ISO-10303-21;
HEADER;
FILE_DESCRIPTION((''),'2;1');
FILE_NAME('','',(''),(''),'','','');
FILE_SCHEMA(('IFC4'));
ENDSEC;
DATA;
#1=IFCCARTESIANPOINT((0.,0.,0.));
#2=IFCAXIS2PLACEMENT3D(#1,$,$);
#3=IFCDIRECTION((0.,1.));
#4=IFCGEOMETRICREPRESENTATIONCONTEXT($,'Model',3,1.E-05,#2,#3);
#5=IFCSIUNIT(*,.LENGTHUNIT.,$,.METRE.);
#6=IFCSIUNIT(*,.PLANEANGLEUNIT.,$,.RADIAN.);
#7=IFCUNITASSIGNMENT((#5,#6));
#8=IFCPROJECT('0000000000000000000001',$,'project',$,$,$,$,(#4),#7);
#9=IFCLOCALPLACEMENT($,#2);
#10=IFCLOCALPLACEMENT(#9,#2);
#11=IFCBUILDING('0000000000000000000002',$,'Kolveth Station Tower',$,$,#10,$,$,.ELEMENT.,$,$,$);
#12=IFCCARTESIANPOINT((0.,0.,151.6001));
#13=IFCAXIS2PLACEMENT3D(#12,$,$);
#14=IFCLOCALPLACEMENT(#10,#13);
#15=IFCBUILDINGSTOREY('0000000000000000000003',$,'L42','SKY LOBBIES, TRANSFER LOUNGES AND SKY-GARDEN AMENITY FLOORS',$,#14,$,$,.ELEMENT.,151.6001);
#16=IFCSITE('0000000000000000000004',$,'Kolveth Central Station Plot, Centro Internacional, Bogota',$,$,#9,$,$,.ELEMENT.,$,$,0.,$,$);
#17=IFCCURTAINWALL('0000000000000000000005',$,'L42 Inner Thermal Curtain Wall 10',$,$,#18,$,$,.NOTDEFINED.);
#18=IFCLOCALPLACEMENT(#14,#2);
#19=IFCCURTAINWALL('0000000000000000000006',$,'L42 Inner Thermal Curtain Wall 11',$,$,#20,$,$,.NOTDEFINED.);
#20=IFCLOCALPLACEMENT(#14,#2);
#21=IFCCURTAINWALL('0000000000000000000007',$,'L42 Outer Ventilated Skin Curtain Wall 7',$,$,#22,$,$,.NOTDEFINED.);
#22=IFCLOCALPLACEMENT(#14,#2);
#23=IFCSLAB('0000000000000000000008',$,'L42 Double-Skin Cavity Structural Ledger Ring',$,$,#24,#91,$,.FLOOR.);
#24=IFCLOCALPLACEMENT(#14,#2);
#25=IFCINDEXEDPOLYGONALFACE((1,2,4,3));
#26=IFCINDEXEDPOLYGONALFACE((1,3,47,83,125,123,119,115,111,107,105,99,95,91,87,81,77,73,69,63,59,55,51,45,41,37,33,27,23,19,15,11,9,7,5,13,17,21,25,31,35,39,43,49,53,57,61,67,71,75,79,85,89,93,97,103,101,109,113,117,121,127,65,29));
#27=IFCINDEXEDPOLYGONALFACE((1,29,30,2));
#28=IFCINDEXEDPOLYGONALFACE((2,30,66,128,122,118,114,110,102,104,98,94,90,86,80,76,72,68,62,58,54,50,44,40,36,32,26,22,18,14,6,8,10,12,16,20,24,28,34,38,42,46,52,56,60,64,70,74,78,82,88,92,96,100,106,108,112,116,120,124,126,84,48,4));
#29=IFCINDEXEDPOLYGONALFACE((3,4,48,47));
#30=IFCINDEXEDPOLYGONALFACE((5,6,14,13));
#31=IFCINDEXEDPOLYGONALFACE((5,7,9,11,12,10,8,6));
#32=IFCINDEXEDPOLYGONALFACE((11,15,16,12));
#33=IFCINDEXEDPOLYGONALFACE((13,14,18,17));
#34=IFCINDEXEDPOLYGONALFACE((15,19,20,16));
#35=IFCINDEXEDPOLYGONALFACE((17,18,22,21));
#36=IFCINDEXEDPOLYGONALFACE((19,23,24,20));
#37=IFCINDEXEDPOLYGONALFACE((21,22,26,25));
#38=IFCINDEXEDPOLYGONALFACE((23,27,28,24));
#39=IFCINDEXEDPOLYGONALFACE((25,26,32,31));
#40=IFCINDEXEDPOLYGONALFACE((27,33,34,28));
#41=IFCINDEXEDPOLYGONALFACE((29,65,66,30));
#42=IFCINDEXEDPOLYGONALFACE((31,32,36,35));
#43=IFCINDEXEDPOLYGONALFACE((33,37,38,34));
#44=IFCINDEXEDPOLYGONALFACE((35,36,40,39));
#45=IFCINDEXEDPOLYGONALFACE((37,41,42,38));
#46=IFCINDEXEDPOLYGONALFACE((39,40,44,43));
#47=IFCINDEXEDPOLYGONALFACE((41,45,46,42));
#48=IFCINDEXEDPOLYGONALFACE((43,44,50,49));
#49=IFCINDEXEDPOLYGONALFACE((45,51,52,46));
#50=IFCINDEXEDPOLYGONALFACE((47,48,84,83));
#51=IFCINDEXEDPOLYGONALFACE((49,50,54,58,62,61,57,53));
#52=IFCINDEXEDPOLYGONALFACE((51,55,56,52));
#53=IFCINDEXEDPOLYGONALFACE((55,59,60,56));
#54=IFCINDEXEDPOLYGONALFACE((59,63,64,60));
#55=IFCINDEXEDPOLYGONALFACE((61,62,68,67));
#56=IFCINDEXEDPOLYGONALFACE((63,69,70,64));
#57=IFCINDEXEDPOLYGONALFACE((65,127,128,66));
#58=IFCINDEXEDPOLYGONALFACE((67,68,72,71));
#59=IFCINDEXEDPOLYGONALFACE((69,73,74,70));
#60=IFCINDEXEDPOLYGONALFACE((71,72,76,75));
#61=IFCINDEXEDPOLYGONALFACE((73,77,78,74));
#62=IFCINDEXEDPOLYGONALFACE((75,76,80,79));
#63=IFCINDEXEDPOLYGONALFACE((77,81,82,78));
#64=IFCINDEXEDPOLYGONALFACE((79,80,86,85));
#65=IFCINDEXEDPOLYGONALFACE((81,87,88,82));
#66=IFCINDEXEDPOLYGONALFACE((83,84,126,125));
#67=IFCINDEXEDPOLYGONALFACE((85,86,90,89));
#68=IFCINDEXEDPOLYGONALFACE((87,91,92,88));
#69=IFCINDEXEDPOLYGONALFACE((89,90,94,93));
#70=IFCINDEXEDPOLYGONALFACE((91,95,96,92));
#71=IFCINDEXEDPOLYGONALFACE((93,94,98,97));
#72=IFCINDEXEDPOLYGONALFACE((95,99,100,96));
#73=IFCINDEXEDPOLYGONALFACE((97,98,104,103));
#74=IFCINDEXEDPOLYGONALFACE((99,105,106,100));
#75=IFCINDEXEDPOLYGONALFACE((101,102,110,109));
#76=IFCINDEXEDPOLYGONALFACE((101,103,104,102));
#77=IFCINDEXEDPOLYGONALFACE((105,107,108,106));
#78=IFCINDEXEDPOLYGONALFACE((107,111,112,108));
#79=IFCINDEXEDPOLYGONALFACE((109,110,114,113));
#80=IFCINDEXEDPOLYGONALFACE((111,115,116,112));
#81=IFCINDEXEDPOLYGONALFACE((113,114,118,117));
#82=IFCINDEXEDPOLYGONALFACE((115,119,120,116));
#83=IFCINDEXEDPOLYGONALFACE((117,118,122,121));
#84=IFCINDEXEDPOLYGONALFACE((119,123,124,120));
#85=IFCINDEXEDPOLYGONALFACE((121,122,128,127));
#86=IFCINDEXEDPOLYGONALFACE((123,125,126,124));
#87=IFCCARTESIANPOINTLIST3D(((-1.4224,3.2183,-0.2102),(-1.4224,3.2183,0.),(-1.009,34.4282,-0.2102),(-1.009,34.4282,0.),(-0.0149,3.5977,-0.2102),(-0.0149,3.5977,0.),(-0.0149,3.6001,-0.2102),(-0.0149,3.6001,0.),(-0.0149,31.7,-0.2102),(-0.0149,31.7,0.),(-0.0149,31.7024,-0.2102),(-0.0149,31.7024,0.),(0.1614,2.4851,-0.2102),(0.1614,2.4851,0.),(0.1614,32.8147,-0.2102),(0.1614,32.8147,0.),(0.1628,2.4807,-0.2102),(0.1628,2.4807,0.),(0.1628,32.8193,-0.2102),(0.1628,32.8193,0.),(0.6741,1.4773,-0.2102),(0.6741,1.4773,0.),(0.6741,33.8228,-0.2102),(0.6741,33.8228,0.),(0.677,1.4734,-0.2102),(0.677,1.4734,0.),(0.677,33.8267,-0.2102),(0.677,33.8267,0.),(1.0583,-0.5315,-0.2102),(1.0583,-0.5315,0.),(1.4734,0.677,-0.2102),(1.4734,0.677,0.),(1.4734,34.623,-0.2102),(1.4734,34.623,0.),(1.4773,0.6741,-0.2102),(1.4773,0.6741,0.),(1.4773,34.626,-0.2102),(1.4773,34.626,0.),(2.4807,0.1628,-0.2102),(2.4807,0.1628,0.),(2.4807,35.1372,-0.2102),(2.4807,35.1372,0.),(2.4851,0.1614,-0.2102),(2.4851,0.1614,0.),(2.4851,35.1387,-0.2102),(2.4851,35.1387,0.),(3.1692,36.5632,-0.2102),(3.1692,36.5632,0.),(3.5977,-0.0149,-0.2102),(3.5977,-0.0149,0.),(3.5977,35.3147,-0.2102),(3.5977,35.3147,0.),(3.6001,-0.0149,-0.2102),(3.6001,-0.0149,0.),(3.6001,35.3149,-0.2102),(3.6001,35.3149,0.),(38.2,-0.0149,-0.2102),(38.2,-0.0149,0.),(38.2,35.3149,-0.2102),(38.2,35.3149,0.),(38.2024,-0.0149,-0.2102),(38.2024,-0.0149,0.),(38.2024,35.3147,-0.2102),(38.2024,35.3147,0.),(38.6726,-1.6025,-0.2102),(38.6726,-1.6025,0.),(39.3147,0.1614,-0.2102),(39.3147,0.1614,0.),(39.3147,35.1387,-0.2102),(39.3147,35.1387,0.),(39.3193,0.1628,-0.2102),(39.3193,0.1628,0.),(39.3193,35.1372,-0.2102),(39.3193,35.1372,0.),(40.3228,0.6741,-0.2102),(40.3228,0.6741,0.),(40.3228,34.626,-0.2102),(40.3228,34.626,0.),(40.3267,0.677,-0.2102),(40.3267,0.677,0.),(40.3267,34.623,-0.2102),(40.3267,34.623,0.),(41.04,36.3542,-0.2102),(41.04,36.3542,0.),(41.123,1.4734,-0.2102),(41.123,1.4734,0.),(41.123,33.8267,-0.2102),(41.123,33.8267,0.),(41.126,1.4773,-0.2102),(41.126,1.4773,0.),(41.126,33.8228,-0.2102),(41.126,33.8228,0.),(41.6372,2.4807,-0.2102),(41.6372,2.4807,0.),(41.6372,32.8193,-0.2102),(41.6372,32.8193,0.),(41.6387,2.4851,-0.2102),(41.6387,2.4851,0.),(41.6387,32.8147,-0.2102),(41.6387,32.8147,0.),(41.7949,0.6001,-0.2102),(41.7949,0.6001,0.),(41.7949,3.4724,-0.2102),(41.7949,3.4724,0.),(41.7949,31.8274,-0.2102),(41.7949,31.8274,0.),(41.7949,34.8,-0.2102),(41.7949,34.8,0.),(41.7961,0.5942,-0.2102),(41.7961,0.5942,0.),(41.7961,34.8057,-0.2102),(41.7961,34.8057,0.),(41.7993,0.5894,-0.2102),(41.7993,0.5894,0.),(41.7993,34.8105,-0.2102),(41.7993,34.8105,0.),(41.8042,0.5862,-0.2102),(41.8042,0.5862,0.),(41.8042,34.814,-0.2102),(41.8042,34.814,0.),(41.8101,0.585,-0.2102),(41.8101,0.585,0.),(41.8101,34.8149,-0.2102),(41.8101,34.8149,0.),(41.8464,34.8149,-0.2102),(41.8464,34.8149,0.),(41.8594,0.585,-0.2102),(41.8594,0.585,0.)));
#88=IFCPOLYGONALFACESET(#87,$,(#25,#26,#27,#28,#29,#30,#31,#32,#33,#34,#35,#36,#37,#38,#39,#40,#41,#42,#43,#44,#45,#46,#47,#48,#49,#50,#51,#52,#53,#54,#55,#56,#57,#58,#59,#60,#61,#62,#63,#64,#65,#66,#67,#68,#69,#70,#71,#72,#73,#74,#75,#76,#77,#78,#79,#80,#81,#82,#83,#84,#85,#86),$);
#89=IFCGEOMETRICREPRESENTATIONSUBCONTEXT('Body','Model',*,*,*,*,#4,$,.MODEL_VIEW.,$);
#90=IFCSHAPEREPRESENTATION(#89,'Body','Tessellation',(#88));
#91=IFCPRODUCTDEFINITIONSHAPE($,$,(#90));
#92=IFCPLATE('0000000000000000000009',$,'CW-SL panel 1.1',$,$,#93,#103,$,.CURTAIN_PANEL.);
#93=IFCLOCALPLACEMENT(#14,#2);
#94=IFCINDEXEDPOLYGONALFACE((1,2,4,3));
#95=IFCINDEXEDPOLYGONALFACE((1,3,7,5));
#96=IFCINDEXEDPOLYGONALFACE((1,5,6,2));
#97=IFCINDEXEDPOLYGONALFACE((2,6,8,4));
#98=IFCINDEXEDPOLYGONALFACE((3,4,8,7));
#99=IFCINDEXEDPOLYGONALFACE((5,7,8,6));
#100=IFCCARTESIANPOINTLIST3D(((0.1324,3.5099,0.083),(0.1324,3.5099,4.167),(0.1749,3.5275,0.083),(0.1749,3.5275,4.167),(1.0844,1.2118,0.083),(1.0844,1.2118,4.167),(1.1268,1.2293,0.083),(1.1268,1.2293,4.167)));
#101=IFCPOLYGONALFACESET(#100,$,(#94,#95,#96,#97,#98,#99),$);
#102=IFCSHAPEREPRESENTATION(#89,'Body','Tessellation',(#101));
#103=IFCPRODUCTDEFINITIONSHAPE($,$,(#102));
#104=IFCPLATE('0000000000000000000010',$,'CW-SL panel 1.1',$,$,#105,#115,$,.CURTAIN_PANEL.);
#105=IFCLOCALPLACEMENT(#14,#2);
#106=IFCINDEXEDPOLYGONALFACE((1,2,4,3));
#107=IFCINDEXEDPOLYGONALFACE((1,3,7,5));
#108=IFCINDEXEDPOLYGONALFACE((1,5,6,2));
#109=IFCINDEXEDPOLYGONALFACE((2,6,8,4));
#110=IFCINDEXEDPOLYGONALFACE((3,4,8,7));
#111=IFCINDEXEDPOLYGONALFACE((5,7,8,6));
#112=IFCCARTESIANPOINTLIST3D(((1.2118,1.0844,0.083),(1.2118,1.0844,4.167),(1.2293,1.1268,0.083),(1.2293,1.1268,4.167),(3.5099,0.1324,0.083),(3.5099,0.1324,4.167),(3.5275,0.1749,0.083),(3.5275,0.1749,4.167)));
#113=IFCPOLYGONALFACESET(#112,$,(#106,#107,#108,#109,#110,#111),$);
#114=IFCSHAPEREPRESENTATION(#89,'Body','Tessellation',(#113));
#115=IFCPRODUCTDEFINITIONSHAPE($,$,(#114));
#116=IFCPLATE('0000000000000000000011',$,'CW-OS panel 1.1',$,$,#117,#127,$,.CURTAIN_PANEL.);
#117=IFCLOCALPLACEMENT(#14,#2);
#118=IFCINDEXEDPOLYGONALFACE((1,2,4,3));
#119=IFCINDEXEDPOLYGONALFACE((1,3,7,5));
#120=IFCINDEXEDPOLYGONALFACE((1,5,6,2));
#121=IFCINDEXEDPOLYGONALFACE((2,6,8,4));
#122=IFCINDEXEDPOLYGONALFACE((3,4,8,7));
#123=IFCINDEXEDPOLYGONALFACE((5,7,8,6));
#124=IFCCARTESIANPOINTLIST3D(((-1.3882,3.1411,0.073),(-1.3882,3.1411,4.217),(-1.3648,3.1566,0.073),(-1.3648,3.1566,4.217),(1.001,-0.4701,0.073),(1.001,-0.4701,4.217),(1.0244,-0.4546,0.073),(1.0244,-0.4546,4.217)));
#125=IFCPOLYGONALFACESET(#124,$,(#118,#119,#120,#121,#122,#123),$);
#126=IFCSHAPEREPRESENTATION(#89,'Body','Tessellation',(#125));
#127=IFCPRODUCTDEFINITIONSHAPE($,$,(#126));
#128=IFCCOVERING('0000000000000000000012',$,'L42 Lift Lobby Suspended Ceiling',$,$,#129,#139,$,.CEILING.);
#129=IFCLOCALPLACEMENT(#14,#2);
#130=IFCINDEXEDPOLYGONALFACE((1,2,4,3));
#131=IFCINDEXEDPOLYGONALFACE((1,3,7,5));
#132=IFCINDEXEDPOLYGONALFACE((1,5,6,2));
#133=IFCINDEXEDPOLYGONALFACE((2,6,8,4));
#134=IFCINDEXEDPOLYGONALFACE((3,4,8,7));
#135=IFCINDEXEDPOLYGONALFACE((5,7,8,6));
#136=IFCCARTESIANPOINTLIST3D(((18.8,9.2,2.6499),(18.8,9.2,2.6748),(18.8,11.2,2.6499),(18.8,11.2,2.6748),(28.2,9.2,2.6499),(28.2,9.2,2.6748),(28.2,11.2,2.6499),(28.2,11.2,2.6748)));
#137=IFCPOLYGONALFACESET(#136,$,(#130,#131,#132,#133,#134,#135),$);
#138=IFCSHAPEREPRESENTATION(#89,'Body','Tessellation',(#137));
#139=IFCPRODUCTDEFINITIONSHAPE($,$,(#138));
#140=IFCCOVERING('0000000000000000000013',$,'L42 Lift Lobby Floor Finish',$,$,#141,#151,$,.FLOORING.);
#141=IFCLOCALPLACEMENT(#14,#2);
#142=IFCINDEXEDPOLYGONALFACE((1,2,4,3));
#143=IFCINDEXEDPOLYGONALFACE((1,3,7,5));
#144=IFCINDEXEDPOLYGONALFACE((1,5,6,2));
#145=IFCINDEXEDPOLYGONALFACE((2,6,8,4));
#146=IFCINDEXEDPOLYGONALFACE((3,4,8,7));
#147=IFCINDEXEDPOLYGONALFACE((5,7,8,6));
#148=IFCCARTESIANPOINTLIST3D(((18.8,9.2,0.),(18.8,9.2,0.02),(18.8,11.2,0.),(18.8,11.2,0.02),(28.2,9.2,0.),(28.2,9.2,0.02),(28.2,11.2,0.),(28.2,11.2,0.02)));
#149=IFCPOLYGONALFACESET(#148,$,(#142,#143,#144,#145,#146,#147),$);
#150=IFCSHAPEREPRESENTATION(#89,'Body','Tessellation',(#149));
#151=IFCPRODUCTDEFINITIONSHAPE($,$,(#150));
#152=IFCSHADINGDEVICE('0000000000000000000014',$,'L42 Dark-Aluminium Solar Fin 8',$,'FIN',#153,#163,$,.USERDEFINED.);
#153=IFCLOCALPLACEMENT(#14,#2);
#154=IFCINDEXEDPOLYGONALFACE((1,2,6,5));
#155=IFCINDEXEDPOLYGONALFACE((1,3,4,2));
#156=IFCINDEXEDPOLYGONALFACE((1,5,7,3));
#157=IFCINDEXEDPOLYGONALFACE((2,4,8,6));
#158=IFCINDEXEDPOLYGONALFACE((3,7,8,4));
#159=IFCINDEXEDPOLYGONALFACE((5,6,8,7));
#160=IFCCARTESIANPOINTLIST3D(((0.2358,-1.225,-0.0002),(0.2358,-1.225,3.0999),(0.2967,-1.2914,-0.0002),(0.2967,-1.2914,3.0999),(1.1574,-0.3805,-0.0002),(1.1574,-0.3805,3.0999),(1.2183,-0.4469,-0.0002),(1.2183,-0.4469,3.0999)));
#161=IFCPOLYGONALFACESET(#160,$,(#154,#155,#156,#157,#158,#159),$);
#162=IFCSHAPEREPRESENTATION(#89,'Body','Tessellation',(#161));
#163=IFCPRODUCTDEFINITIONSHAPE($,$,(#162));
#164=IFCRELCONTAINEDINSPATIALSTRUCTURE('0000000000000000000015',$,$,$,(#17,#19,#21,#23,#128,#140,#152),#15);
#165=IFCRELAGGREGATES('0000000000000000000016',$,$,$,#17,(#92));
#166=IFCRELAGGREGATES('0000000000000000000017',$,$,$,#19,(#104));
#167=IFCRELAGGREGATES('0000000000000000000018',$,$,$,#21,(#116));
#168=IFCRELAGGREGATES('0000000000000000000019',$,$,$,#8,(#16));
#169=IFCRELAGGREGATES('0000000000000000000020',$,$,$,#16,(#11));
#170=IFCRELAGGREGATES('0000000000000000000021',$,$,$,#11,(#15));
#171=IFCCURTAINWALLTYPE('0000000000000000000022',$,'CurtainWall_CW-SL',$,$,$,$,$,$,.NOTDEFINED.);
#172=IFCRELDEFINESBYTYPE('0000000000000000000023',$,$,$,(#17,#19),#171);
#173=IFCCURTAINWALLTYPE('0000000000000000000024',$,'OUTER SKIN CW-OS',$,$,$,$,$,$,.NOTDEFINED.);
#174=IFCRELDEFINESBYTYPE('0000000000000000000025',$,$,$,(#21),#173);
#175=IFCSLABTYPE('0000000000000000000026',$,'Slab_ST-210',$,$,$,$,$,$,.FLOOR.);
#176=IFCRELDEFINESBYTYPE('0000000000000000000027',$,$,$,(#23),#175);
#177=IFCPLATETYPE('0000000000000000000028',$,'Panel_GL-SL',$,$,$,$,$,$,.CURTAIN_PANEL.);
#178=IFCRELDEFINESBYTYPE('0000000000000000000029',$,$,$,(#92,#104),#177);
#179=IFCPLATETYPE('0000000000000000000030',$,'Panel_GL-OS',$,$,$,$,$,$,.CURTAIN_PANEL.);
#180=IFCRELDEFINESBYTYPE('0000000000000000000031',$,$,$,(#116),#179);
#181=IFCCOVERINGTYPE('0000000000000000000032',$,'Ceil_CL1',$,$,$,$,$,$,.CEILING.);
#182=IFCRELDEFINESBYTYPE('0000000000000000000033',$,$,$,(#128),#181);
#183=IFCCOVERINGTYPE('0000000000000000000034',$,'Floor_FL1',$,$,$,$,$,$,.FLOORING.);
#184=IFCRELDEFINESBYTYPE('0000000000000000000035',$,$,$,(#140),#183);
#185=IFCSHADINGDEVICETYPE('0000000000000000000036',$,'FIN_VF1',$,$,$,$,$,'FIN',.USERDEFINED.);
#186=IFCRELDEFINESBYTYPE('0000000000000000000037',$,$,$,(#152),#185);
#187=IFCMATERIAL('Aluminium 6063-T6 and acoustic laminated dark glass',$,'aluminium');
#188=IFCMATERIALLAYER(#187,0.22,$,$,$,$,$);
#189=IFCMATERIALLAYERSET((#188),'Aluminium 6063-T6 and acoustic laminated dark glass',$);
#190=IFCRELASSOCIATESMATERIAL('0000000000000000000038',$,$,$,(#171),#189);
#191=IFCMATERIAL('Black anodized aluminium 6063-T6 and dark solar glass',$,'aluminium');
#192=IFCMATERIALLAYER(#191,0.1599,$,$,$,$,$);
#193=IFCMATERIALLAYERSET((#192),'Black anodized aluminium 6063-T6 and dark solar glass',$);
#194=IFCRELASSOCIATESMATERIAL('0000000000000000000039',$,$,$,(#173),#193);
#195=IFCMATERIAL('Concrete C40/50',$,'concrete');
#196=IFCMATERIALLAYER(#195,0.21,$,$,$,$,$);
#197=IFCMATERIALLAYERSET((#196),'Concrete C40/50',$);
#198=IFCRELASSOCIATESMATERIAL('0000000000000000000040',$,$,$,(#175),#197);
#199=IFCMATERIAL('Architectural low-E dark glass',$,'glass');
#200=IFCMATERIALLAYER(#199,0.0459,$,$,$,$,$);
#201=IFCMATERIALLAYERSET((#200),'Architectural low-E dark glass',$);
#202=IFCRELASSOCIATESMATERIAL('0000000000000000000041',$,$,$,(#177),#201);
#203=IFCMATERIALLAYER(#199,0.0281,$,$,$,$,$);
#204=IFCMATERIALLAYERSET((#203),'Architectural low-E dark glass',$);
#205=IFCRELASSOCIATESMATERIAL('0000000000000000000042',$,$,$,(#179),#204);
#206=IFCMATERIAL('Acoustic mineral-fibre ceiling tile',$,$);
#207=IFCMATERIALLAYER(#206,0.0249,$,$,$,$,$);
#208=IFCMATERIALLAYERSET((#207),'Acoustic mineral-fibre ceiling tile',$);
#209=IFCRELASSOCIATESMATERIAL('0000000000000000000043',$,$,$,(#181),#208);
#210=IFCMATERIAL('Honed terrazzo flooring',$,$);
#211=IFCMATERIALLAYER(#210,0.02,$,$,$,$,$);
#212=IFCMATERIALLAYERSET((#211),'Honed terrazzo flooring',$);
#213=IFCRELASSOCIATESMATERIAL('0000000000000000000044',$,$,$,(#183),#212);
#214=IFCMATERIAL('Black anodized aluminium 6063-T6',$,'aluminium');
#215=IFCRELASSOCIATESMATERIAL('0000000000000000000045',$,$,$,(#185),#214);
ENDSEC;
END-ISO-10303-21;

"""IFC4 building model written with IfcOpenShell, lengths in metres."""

from ifc_helpers import new_model, si_unit, direction, frame, origin, origin_2d, place, context, subcontext, project, spatial, polyline, rectangle, outline, extrude, source, transform, mapped, material, layer, layer_set, type_object, element, aggregate, save


model = new_model("IFC4")

# Units and contexts
model_context = context("Model", 3, precision=1e-05, world=origin(), true_north=direction((0.0, 1.0)))
body_context = subcontext(model_context, "Body", "Model", "MODEL_VIEW")
ifc_project = project(units=[si_unit("LENGTHUNIT", "METRE"), si_unit("PLANEANGLEUNIT", "RADIAN")], contexts=[model_context])

# Site, building, storey
site_placement = place(None, origin())
site = spatial("IfcSite", under=ifc_project, at=site_placement, Name="Kolveth Central Station Plot, Centro Internacional, Bogota", CompositionType="ELEMENT", RefElevation=0.0)
building_placement = place(site_placement, origin())
building = spatial("IfcBuilding", under=site, at=building_placement, Name="Kolveth Station Tower", CompositionType="ELEMENT")
storey_placement = place(building_placement, frame((0.0, 0.0, 151.6001)))
storey = spatial("IfcBuildingStorey", under=building, at=storey_placement, Name="L42", Description="SKY LOBBIES, TRANSFER LOUNGES AND SKY-GARDEN AMENITY FLOORS", CompositionType="ELEMENT", Elevation=151.6001)

# Curtain wall
ifc_material_1 = material(Name="Aluminium 6063-T6 and acoustic laminated dark glass", Category="aluminium")
ifc_layer_1 = layer(ifc_material_1, 0.22)
ifc_layer_set_1 = layer_set([ifc_layer_1], Name="Aluminium 6063-T6 and acoustic laminated dark glass")
curtain_wall_type_1 = type_object("IfcCurtainWallType", Name="CurtainWall_CW-SL", PredefinedType="NOTDEFINED", material=ifc_layer_set_1)
curtain_wall_1_placement = place(storey_placement, origin())
curtain_wall_1 = element("IfcCurtainWall", 1, at=curtain_wall_1_placement, inside=storey, type_object=curtain_wall_type_1, Name="L42 Inner Thermal Curtain Wall 10", PredefinedType="NOTDEFINED")
ifc_material_2 = material(Name="Black anodized aluminium 6063-T6", Category="aluminium")

# Curtain wall
curtain_wall_2_placement = place(storey_placement, origin())
curtain_wall_2 = element("IfcCurtainWall", 2, at=curtain_wall_2_placement, inside=storey, type_object=curtain_wall_type_1, Name="L42 Inner Thermal Curtain Wall 11", PredefinedType="NOTDEFINED")

# Curtain wall
ifc_material_3 = material(Name="Black anodized aluminium 6063-T6 and dark solar glass", Category="aluminium")
ifc_layer_2 = layer(ifc_material_3, 0.1599)
ifc_layer_set_2 = layer_set([ifc_layer_2], Name="Black anodized aluminium 6063-T6 and dark solar glass")
curtain_wall_type_2 = type_object("IfcCurtainWallType", Name="OUTER SKIN CW-OS", PredefinedType="NOTDEFINED", material=ifc_layer_set_2)
curtain_wall_3_placement = place(storey_placement, origin())
curtain_wall_3 = element("IfcCurtainWall", 3, at=curtain_wall_3_placement, inside=storey, type_object=curtain_wall_type_2, Name="L42 Outer Ventilated Skin Curtain Wall 7", PredefinedType="NOTDEFINED")

# Shared definitions
ifc_material_4 = material(Name="Concrete C40/50", Category="concrete")

# Slab
ifc_layer_3 = layer(ifc_material_4, 0.21)
ifc_layer_set_3 = layer_set([ifc_layer_3], Name="Concrete C40/50")
slab_type_1 = type_object("IfcSlabType", Name="Slab_ST-210", PredefinedType="FLOOR", material=ifc_layer_set_3)
slab_1_placement = place(storey_placement, frame((0.0, 0.0, -0.2102)))
element("IfcSlab", 4, at=slab_1_placement, inside=storey, type_object=slab_type_1, Name="L42 Double-Skin Cavity Structural Ledger Ring", PredefinedType="FLOOR", context=body_context, shape_type="SweptSolid", body=[
    extrude(outline(polyline([(38.6726, -1.6025), (1.0583, -0.5315), (-1.4224, 3.2183), (-1.009, 34.4282), (3.1692, 36.5632), (41.04, 36.3542), (41.8464, 34.8149), (41.8101, 34.8149), (41.8042, 34.814), (41.7993, 34.8105), (41.7961, 34.8057), (41.7949, 34.8), (41.7949, 31.8274), (41.6387, 32.8147), (41.6372, 32.8193), (41.126, 33.8228), (41.123, 33.8267), (40.3267, 34.623), (40.3228, 34.626), (39.3193, 35.1372), (39.3147, 35.1387), (38.2024, 35.3147), (38.2, 35.3149), (3.6001, 35.3149), (3.5977, 35.3147), (2.4851, 35.1387), (2.4807, 35.1372), (1.4773, 34.626), (1.4734, 34.623), (0.677, 33.8267), (0.6741, 33.8228), (0.1628, 32.8193), (0.1614, 32.8147), (-0.0149, 31.7024), (-0.0149, 31.7), (-0.0149, 3.6001), (-0.0149, 3.5977), (0.1614, 2.4851), (0.1628, 2.4807), (0.6741, 1.4773), (0.677, 1.4734), (1.4734, 0.677), (1.4773, 0.6741), (2.4807, 0.1628), (2.4851, 0.1614), (3.5977, -0.0149), (3.6001, -0.0149), (38.2, -0.0149), (38.2024, -0.0149), (39.3147, 0.1614), (39.3193, 0.1628), (40.3228, 0.6741), (40.3267, 0.677), (41.123, 1.4734), (41.126, 1.4773), (41.6372, 2.4807), (41.6387, 2.4851), (41.7949, 3.4724), (41.7949, 0.6001), (41.7961, 0.5942), (41.7993, 0.5894), (41.8042, 0.5862), (41.8101, 0.585), (41.8594, 0.585), (38.6726, -1.6025)])), origin(), (0.0, 0.0, 1.0), 0.2102),
])

# Plates
ifc_material_5 = material(Name="Architectural low-E dark glass", Category="glass")
ifc_layer_4 = layer(ifc_material_5, 0.0459)
ifc_layer_set_4 = layer_set([ifc_layer_4], Name="Architectural low-E dark glass")
plate_type_1 = type_object("IfcPlateType", Name="Panel_GL-SL", PredefinedType="CURTAIN_PANEL", material=ifc_layer_set_4)
shared_shape_1 = source(origin(), body_context, "Body", "SweptSolid", [
    extrude(rectangle(XDim=2.4875, YDim=0.0459, at=origin_2d()), origin(), (0.0, 0.0, 1.0), 4.084),
])
plate_1_placement = place(storey_placement, frame((0.6296, 2.3696, 0.083), z_axis=(0.0, 0.0, 1.0), x_axis=(0.382698, -0.923874, 0.0)))
plate_1 = element("IfcPlate", 5, at=plate_1_placement, type_object=plate_type_1, Name="CW-SL panel 1.1", PredefinedType="CURTAIN_PANEL", context=body_context, shape_type="MappedRepresentation", body=[
    mapped(shared_shape_1, transform((0.0, 0.0, 0.0), x_axis=(1.0, 0.0, 0.0), y_axis=(0.0, 1.0, 0.0), z_axis=(0.0, 0.0, 1.0), scale=1.0)),
])
aggregate(curtain_wall_1, [plate_1])
plate_2_placement = place(storey_placement, frame((2.3696, 0.6296, 0.083), z_axis=(0.0, 0.0, 1.0), x_axis=(0.923874, -0.382698, 0.0)))
plate_2 = element("IfcPlate", 6, at=plate_2_placement, type_object=plate_type_1, Name="CW-SL panel 1.1", PredefinedType="CURTAIN_PANEL", context=body_context, shape_type="MappedRepresentation", body=[
    mapped(shared_shape_1, transform((0.0, 0.0, 0.0), x_axis=(1.0, 0.0, 0.0), y_axis=(0.0, 1.0, 0.0), z_axis=(0.0, 0.0, 1.0), scale=1.0)),
])
aggregate(curtain_wall_2, [plate_2])
ifc_layer_5 = layer(ifc_material_5, 0.0281)
ifc_layer_set_5 = layer_set([ifc_layer_5], Name="Architectural low-E dark glass")
plate_type_2 = type_object("IfcPlateType", Name="Panel_GL-OS", PredefinedType="CURTAIN_PANEL", material=ifc_layer_set_5)
shared_shape_2 = source(origin(), body_context, "Body", "SweptSolid", [
    extrude(rectangle(XDim=4.3301, YDim=0.0281, at=origin_2d()), origin(), (0.0, 0.0, 1.0), 4.144),
])
plate_3_placement = place(storey_placement, frame((-0.1819, 1.3433, 0.073), z_axis=(0.0, 0.0, 1.0), x_axis=(0.551771, -0.833996, 0.0)))
plate_3 = element("IfcPlate", 7, at=plate_3_placement, type_object=plate_type_2, Name="CW-OS panel 1.1", PredefinedType="CURTAIN_PANEL", context=body_context, shape_type="MappedRepresentation", body=[
    mapped(shared_shape_2, transform((0.0, 0.0, 0.0), x_axis=(1.0, 0.0, 0.0), y_axis=(0.0, 1.0, 0.0), z_axis=(0.0, 0.0, 1.0), scale=1.0)),
])
aggregate(curtain_wall_3, [plate_3])

# Coverings
ifc_material_6 = material(Name="Acoustic mineral-fibre ceiling tile")
ifc_layer_6 = layer(ifc_material_6, 0.0249)
ifc_layer_set_6 = layer_set([ifc_layer_6], Name="Acoustic mineral-fibre ceiling tile")
covering_type_1 = type_object("IfcCoveringType", Name="Ceil_CL1", PredefinedType="CEILING", material=ifc_layer_set_6)
covering_1_placement = place(storey_placement, frame((0.0, 0.0, 2.6499)))
element("IfcCovering", 8, at=covering_1_placement, inside=storey, type_object=covering_type_1, Name="L42 Lift Lobby Suspended Ceiling", PredefinedType="CEILING", context=body_context, shape_type="SweptSolid", body=[
    extrude(outline(polyline([(18.8, 9.2), (28.2, 9.2), (28.2, 11.2), (18.8, 11.2), (18.8, 9.2)])), origin(), (0.0, 0.0, 1.0), 0.0249),
])
ifc_material_7 = material(Name="Honed terrazzo flooring")
ifc_layer_7 = layer(ifc_material_7, 0.02)
ifc_layer_set_7 = layer_set([ifc_layer_7], Name="Honed terrazzo flooring")
covering_type_2 = type_object("IfcCoveringType", Name="Floor_FL1", PredefinedType="FLOORING", material=ifc_layer_set_7)
covering_2_placement = place(storey_placement, origin())
element("IfcCovering", 9, at=covering_2_placement, inside=storey, type_object=covering_type_2, Name="L42 Lift Lobby Floor Finish", PredefinedType="FLOORING", context=body_context, shape_type="SweptSolid", body=[
    extrude(outline(polyline([(18.8, 9.2), (28.2, 9.2), (28.2, 11.2), (18.8, 11.2), (18.8, 9.2)])), origin(), (0.0, 0.0, 1.0), 0.02),
])

# Shading device
shading_device_type = type_object("IfcShadingDeviceType", Name="FIN_VF1", ElementType="FIN", PredefinedType="USERDEFINED", material=ifc_material_2)
shared_shape_3 = source(origin(), body_context, "Body", "SweptSolid", [
    extrude(rectangle(XDim=1.25, YDim=0.0901, at=origin_2d()), origin(), (0.0, 0.0, 1.0), 3.1001),
])
shading_device_placement = place(storey_placement, frame((0.7271, -0.8359, -0.0002), z_axis=(0.0, 0.0, 1.0), x_axis=(-0.737277, -0.67559, 0.0)))
element("IfcShadingDevice", 10, at=shading_device_placement, inside=storey, type_object=shading_device_type, Name="L42 Dark-Aluminium Solar Fin 8", ObjectType="FIN", PredefinedType="USERDEFINED", context=body_context, shape_type="MappedRepresentation", body=[
    mapped(shared_shape_3, transform((0.0, 0.0, 0.0), x_axis=(1.0, 0.0, 0.0), y_axis=(0.0, 1.0, 0.0), z_axis=(0.0, 0.0, 1.0), scale=1.0)),
])

save(model, "model.ifc")
